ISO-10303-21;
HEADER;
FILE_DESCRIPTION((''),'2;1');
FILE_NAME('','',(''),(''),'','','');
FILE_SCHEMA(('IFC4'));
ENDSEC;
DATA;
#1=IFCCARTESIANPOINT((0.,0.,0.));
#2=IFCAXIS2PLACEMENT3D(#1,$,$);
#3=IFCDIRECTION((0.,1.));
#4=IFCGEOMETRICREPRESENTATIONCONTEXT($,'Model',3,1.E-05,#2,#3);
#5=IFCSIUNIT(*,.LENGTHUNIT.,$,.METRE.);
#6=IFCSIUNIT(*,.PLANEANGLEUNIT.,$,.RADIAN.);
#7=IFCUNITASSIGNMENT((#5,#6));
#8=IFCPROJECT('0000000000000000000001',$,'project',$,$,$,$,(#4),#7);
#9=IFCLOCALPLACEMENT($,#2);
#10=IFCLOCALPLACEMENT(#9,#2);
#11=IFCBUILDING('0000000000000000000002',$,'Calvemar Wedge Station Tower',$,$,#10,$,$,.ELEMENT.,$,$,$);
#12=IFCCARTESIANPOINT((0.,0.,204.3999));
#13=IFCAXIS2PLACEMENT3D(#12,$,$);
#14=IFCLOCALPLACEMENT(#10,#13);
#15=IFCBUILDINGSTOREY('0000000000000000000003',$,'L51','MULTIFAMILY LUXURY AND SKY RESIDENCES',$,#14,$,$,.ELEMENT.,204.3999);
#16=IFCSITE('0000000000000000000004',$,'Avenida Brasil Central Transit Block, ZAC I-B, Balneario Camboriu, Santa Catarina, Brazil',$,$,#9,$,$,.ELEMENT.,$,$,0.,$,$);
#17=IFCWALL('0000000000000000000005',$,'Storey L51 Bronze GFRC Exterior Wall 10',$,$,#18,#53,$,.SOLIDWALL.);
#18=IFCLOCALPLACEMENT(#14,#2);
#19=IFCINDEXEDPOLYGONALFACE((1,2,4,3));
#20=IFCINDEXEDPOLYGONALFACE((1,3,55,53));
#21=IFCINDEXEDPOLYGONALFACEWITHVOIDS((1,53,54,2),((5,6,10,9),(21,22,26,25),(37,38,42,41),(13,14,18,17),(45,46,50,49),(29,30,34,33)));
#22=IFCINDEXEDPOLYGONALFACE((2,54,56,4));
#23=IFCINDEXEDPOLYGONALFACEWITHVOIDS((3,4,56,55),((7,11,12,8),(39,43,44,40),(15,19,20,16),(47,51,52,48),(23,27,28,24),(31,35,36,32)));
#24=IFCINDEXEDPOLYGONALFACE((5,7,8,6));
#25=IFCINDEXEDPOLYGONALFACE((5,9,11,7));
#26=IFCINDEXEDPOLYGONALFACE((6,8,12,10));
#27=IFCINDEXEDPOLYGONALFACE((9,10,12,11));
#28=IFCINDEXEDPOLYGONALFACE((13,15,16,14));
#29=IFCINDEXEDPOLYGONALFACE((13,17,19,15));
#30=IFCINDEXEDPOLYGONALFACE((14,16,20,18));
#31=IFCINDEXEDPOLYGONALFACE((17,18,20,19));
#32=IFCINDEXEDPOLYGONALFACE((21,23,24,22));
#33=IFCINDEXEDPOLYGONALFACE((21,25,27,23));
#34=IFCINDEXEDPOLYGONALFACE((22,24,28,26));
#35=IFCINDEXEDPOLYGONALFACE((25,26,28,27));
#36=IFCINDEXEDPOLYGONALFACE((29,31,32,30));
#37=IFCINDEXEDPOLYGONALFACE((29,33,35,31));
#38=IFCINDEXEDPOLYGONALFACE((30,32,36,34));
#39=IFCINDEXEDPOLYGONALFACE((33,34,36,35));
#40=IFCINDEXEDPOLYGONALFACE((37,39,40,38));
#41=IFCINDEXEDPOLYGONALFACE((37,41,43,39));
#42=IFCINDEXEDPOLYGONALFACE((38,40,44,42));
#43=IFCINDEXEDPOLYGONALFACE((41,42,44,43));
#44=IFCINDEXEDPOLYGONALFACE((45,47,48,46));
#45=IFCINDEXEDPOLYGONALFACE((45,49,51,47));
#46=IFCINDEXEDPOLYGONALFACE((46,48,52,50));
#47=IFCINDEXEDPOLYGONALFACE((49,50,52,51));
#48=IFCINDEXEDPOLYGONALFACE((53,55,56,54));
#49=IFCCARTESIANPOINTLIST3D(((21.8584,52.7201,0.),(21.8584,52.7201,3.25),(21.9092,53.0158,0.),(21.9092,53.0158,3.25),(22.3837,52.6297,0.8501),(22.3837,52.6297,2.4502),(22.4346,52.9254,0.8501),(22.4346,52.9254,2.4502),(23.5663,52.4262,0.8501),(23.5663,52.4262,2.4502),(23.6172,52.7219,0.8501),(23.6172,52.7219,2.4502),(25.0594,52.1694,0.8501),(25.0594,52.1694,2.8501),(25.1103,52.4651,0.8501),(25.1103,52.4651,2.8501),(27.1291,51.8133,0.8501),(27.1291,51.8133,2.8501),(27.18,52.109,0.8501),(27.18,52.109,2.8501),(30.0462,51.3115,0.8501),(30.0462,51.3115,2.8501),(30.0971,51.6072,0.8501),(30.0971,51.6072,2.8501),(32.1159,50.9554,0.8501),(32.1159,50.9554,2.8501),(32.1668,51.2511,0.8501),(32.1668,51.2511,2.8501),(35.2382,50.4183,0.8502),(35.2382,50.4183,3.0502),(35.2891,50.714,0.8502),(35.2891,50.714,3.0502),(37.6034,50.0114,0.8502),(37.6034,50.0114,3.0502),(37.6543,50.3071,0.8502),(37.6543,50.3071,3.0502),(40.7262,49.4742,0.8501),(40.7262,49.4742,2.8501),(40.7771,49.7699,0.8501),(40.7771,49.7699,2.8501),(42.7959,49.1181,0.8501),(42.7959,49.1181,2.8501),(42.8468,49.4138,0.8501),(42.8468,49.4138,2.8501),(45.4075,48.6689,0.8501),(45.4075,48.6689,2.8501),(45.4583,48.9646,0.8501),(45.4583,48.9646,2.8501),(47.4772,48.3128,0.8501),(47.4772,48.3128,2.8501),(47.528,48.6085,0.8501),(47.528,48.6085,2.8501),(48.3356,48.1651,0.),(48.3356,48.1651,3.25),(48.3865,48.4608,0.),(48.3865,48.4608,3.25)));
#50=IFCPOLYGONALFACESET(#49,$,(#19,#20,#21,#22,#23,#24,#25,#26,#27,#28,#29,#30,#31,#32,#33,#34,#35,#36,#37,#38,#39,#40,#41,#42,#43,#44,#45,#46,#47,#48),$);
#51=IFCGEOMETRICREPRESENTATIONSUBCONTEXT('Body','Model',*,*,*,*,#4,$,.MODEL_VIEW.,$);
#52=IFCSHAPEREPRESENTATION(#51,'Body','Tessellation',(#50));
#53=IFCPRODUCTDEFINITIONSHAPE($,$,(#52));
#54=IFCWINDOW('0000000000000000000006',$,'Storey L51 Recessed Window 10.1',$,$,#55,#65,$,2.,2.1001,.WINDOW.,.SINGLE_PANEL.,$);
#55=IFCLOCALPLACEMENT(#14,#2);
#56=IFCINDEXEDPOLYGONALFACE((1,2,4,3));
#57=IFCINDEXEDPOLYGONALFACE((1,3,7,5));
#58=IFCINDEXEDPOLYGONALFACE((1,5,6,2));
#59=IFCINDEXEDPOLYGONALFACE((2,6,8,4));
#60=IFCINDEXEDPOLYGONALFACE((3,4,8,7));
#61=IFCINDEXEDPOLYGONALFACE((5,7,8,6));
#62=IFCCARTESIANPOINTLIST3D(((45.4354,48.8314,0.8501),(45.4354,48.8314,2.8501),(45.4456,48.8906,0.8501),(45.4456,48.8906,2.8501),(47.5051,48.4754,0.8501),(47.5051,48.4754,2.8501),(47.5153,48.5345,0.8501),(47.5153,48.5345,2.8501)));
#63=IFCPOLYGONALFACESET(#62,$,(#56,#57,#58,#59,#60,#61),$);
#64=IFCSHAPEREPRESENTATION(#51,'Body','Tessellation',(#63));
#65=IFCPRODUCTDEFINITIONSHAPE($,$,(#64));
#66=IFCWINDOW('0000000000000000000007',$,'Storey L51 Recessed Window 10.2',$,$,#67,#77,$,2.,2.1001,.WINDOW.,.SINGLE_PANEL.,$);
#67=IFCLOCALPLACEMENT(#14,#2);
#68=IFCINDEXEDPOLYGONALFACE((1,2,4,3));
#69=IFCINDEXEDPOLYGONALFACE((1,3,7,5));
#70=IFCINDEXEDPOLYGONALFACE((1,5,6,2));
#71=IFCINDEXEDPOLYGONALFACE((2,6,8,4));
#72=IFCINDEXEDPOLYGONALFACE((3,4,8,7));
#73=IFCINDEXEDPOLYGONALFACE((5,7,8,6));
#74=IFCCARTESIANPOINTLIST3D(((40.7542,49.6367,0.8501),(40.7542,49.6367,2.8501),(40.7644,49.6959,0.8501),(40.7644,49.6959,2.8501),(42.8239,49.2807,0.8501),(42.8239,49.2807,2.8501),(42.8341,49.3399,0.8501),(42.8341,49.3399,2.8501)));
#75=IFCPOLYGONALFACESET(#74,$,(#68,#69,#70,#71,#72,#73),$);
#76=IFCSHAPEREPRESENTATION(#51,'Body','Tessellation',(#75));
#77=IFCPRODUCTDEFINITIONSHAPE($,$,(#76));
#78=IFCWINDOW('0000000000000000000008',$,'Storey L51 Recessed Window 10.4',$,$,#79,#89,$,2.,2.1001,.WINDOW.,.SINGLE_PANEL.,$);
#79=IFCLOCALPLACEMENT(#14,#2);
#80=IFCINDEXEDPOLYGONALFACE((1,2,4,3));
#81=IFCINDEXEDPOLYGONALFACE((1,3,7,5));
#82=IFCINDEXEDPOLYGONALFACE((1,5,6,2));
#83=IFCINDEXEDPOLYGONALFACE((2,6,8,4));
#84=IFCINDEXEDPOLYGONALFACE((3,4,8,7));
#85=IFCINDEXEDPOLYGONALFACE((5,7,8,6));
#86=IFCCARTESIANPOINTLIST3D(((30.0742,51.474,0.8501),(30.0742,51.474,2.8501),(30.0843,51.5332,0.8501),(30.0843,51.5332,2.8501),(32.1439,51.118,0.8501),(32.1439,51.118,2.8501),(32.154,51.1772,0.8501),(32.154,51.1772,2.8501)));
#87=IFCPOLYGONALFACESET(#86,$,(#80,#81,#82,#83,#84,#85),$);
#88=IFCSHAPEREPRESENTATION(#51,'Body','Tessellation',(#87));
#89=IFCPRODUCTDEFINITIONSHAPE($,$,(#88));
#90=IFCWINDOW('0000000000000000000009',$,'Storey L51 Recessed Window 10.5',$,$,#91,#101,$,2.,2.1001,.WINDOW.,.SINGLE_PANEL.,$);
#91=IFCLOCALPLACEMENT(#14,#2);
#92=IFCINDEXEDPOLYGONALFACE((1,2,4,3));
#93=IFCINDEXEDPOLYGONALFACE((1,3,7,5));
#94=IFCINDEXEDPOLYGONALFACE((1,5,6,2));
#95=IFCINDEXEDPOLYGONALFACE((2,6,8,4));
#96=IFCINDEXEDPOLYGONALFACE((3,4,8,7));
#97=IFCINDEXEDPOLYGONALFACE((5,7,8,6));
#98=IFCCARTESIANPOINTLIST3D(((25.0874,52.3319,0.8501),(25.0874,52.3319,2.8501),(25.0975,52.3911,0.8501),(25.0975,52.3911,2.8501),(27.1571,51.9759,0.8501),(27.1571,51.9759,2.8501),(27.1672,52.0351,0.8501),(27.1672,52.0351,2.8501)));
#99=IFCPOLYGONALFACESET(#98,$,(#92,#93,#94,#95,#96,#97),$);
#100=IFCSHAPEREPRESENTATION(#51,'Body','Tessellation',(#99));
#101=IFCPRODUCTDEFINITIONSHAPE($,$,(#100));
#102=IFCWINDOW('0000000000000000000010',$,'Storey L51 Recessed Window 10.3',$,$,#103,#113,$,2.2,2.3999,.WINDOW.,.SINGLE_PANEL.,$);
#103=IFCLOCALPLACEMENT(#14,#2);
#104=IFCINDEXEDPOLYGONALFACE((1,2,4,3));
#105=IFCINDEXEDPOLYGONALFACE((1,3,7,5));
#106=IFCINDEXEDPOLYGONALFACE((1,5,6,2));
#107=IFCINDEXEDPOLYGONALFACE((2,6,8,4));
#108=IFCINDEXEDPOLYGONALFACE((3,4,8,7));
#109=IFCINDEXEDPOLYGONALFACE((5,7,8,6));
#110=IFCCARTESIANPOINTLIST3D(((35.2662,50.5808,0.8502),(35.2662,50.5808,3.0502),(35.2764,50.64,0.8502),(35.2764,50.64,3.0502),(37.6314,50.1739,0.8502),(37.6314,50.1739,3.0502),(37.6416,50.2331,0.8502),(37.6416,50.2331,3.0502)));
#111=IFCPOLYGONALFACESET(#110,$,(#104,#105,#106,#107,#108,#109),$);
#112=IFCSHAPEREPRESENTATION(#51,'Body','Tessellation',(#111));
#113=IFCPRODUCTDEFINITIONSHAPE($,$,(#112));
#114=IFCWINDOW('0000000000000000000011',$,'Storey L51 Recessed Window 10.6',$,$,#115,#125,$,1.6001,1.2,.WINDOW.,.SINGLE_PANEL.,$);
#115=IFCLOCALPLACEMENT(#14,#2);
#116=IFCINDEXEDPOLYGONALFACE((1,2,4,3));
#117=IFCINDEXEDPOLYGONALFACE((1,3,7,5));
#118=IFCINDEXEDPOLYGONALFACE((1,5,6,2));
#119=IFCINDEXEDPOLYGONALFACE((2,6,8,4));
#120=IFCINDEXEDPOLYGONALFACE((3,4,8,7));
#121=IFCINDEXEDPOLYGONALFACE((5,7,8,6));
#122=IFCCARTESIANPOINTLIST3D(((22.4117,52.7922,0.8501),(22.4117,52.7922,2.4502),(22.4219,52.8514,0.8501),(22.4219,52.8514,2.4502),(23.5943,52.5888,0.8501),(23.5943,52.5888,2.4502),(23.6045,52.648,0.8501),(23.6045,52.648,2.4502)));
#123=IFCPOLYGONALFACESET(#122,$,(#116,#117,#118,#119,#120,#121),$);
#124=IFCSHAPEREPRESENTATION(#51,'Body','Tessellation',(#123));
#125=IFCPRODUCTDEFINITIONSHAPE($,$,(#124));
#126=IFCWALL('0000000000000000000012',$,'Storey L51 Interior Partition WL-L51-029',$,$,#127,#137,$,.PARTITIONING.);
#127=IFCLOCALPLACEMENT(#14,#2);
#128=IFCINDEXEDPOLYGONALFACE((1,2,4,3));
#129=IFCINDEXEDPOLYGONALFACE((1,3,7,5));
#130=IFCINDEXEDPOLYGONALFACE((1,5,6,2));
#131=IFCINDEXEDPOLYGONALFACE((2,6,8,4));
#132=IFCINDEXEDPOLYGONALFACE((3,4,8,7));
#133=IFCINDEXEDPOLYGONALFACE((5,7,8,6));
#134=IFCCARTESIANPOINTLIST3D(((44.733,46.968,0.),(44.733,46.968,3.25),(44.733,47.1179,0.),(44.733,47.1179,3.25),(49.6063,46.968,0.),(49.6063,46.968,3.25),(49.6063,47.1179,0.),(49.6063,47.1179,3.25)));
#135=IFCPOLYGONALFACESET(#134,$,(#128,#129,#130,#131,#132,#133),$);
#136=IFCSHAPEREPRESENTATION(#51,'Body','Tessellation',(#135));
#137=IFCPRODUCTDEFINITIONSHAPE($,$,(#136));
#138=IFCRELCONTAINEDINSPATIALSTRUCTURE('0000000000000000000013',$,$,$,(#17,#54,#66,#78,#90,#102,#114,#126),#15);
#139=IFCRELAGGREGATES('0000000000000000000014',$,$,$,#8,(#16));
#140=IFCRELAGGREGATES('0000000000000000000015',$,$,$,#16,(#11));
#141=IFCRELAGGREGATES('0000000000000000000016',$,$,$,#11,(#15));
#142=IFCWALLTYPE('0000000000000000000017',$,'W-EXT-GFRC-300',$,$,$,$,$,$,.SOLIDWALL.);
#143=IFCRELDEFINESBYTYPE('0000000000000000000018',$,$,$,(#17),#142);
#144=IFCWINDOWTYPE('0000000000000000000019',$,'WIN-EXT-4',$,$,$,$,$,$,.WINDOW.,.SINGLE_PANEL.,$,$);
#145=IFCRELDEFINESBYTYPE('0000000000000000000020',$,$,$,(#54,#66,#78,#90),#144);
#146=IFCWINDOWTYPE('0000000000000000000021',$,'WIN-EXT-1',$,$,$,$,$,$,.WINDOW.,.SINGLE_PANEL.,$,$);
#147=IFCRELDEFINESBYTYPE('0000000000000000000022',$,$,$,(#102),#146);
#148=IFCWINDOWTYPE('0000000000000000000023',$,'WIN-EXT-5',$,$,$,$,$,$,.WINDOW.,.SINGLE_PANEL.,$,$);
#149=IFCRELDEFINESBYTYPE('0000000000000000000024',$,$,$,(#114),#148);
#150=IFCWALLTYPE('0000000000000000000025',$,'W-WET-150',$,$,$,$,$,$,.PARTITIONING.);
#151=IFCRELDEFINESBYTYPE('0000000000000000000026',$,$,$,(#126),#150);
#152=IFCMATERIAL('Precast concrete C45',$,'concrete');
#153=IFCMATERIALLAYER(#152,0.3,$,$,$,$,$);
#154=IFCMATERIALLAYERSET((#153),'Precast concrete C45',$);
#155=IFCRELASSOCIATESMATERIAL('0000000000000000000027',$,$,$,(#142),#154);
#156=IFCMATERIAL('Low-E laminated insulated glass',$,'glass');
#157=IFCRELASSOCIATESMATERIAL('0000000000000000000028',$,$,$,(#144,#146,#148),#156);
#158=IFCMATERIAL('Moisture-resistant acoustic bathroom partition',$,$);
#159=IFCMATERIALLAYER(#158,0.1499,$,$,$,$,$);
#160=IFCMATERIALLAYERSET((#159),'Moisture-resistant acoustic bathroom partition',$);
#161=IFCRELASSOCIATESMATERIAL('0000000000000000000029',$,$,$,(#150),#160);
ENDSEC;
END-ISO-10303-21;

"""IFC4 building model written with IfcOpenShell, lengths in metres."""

from ifc_helpers import new_model, si_unit, direction, frame, frame_2d, origin, place, context, subcontext, project, spatial, rectangle, extrude, source, transform, mapped, material, layer, layer_set, type_object, element, fill, save


model = new_model("IFC4")

# Units and contexts
model_context = context("Model", 3, precision=1e-05, world=origin(), true_north=direction((0.0, 1.0)))
body_context = subcontext(model_context, "Body", "Model", "MODEL_VIEW")
ifc_project = project(units=[si_unit("LENGTHUNIT", "METRE"), si_unit("PLANEANGLEUNIT", "RADIAN")], contexts=[model_context])

# Site, building, storey
site_placement = place(None, origin())
site = spatial("IfcSite", under=ifc_project, at=site_placement, Name="Avenida Brasil Central Transit Block, ZAC I-B, Balneario Camboriu, Santa Catarina, Brazil", CompositionType="ELEMENT", RefElevation=0.0)
building_placement = place(site_placement, origin())
building = spatial("IfcBuilding", under=site, at=building_placement, Name="Calvemar Wedge Station Tower", CompositionType="ELEMENT")
storey_placement = place(building_placement, frame((0.0, 0.0, 204.3999)))
storey = spatial("IfcBuildingStorey", under=building, at=storey_placement, Name="L51", Description="MULTIFAMILY LUXURY AND SKY RESIDENCES", CompositionType="ELEMENT", Elevation=204.3999)

# Shared definitions
ifc_material_1 = material(Name="Precast concrete C45", Category="concrete")
ifc_layer_1 = layer(ifc_material_1, 0.3)
ifc_layer_set_1 = layer_set([ifc_layer_1], Name="Precast concrete C45")
wall_type_1 = type_object("IfcWallType", Name="W-EXT-GFRC-300", PredefinedType="SOLIDWALL", material=ifc_layer_set_1)

# Wall, openings, windows
wall_1_placement = place(storey_placement, frame((48.3611, 48.313, 0.0), z_axis=(0.0, 0.0, 1.0), x_axis=(-0.985523, 0.169541, 0.0)))
wall_1 = element("IfcWall", 1, at=wall_1_placement, inside=storey, type_object=wall_type_1, Name="Storey L51 Bronze GFRC Exterior Wall 10", PredefinedType="SOLIDWALL", context=body_context, shape_type="SweptSolid", body=[
    extrude(rectangle(XDim=26.8662, YDim=0.3, at=frame_2d((13.4331, 0.0))), origin(), (0.0, 0.0, 1.0), 3.25),
])
shared_shape_1 = source(origin(), body_context, "Body", "SweptSolid", [
    extrude(rectangle(XDim=2.1001, YDim=2.0, at=frame_2d((1.05, 1.0))), frame((0.0, 0.1602, 0.0), z_axis=(0.0, -1.0, 0.0), x_axis=(1.0, 0.0, 0.0)), (0.0, 0.0, 1.0), 0.3201),
])
opening_1_placement = place(wall_1_placement, frame((0.8711, 0.0, 0.8501)))
opening_1 = element("IfcOpeningElement", 2, at=opening_1_placement, cuts=wall_1, PredefinedType="OPENING", context=body_context, shape_type="MappedRepresentation", body=[
    mapped(shared_shape_1, transform((0.0, 0.0, 0.0), scale=1.0)),
])
opening_2_placement = place(wall_1_placement, frame((5.6211, 0.0, 0.8501)))
opening_2 = element("IfcOpeningElement", 3, at=opening_2_placement, cuts=wall_1, PredefinedType="OPENING", context=body_context, shape_type="MappedRepresentation", body=[
    mapped(shared_shape_1, transform((0.0, 0.0, 0.0), scale=1.0)),
])
shared_shape_2 = source(origin(), body_context, "Body", "SweptSolid", [
    extrude(rectangle(XDim=2.3999, YDim=2.2, at=frame_2d((1.2, 1.1001))), frame((0.0, 0.1602, 0.0), z_axis=(0.0, -1.0, 0.0), x_axis=(1.0, 0.0, 0.0)), (0.0, 0.0, 1.0), 0.3201),
])
opening_3_placement = place(wall_1_placement, frame((10.8899, 0.0, 0.8501)))
opening_3 = element("IfcOpeningElement", 4, at=opening_3_placement, cuts=wall_1, PredefinedType="OPENING", context=body_context, shape_type="MappedRepresentation", body=[
    mapped(shared_shape_2, transform((0.0, 0.0, 0.0), scale=1.0)),
])
opening_4_placement = place(wall_1_placement, frame((16.458, 0.0, 0.8501)))
opening_4 = element("IfcOpeningElement", 5, at=opening_4_placement, cuts=wall_1, PredefinedType="OPENING", context=body_context, shape_type="MappedRepresentation", body=[
    mapped(shared_shape_1, transform((0.0, 0.0, 0.0), scale=1.0)),
])
opening_5_placement = place(wall_1_placement, frame((21.5181, 0.0, 0.8501)))
opening_5 = element("IfcOpeningElement", 6, at=opening_5_placement, cuts=wall_1, PredefinedType="OPENING", context=body_context, shape_type="MappedRepresentation", body=[
    mapped(shared_shape_1, transform((0.0, 0.0, 0.0), scale=1.0)),
])
shared_shape_3 = source(origin(), body_context, "Body", "SweptSolid", [
    extrude(rectangle(XDim=1.2, YDim=1.6001, at=frame_2d((0.6001, 0.8))), frame((0.0, 0.1602, 0.0), z_axis=(0.0, -1.0, 0.0), x_axis=(1.0, 0.0, 0.0)), (0.0, 0.0, 1.0), 0.3201),
])
opening_6_placement = place(wall_1_placement, frame((25.1331, 0.0, 0.8501)))
opening_6 = element("IfcOpeningElement", 7, at=opening_6_placement, cuts=wall_1, PredefinedType="OPENING", context=body_context, shape_type="MappedRepresentation", body=[
    mapped(shared_shape_3, transform((0.0, 0.0, 0.0), scale=1.0)),
])
ifc_material_2 = material(Name="Low-E laminated insulated glass", Category="glass")
window_type_1 = type_object("IfcWindowType", Name="WIN-EXT-4", PartitioningType="SINGLE_PANEL", PredefinedType="WINDOW", material=ifc_material_2)
shared_shape_4 = source(origin(), body_context, "Body", "SweptSolid", [
    extrude(rectangle(XDim=2.1001, YDim=2.0, at=frame_2d((1.05, 1.0))), frame((0.0, -0.0149, 0.0), z_axis=(0.0, -1.0, 0.0), x_axis=(1.0, 0.0, 0.0)), (0.0, 0.0, 1.0), 0.0601),
])
window_1_placement = place(opening_1_placement, origin())
window_1 = element("IfcWindow", 8, at=window_1_placement, inside=storey, type_object=window_type_1, Name="Storey L51 Recessed Window 10.1", OverallHeight=2.0, OverallWidth=2.1001, PartitioningType="SINGLE_PANEL", PredefinedType="WINDOW", context=body_context, shape_type="MappedRepresentation", body=[
    mapped(shared_shape_4, transform((0.0, 0.0, 0.0), scale=1.0)),
])
fill(opening_1, window_1)
window_2_placement = place(opening_2_placement, origin())
window_2 = element("IfcWindow", 9, at=window_2_placement, inside=storey, type_object=window_type_1, Name="Storey L51 Recessed Window 10.2", OverallHeight=2.0, OverallWidth=2.1001, PartitioningType="SINGLE_PANEL", PredefinedType="WINDOW", context=body_context, shape_type="MappedRepresentation", body=[
    mapped(shared_shape_4, transform((0.0, 0.0, 0.0), scale=1.0)),
])
fill(opening_2, window_2)
window_3_placement = place(opening_4_placement, origin())
window_3 = element("IfcWindow", 10, at=window_3_placement, inside=storey, type_object=window_type_1, Name="Storey L51 Recessed Window 10.4", OverallHeight=2.0, OverallWidth=2.1001, PartitioningType="SINGLE_PANEL", PredefinedType="WINDOW", context=body_context, shape_type="MappedRepresentation", body=[
    mapped(shared_shape_4, transform((0.0, 0.0, 0.0), scale=1.0)),
])
fill(opening_4, window_3)
window_4_placement = place(opening_5_placement, origin())
window_4 = element("IfcWindow", 11, at=window_4_placement, inside=storey, type_object=window_type_1, Name="Storey L51 Recessed Window 10.5", OverallHeight=2.0, OverallWidth=2.1001, PartitioningType="SINGLE_PANEL", PredefinedType="WINDOW", context=body_context, shape_type="MappedRepresentation", body=[
    mapped(shared_shape_4, transform((0.0, 0.0, 0.0), scale=1.0)),
])
fill(opening_5, window_4)
window_type_2 = type_object("IfcWindowType", Name="WIN-EXT-1", PartitioningType="SINGLE_PANEL", PredefinedType="WINDOW", material=ifc_material_2)
shared_shape_5 = source(origin(), body_context, "Body", "SweptSolid", [
    extrude(rectangle(XDim=2.3999, YDim=2.2, at=frame_2d((1.2, 1.1001))), frame((0.0, -0.0149, 0.0), z_axis=(0.0, -1.0, 0.0), x_axis=(1.0, 0.0, 0.0)), (0.0, 0.0, 1.0), 0.0601),
])
window_5_placement = place(opening_3_placement, origin())
window_5 = element("IfcWindow", 12, at=window_5_placement, inside=storey, type_object=window_type_2, Name="Storey L51 Recessed Window 10.3", OverallHeight=2.2, OverallWidth=2.3999, PartitioningType="SINGLE_PANEL", PredefinedType="WINDOW", context=body_context, shape_type="MappedRepresentation", body=[
    mapped(shared_shape_5, transform((0.0, 0.0, 0.0), scale=1.0)),
])
fill(opening_3, window_5)
window_type_3 = type_object("IfcWindowType", Name="WIN-EXT-5", PartitioningType="SINGLE_PANEL", PredefinedType="WINDOW", material=ifc_material_2)
shared_shape_6 = source(origin(), body_context, "Body", "SweptSolid", [
    extrude(rectangle(XDim=1.2, YDim=1.6001, at=frame_2d((0.6001, 0.8))), frame((0.0, -0.0149, 0.0), z_axis=(0.0, -1.0, 0.0), x_axis=(1.0, 0.0, 0.0)), (0.0, 0.0, 1.0), 0.0601),
])
window_6_placement = place(opening_6_placement, origin())
window_6 = element("IfcWindow", 13, at=window_6_placement, inside=storey, type_object=window_type_3, Name="Storey L51 Recessed Window 10.6", OverallHeight=1.6001, OverallWidth=1.2, PartitioningType="SINGLE_PANEL", PredefinedType="WINDOW", context=body_context, shape_type="MappedRepresentation", body=[
    mapped(shared_shape_6, transform((0.0, 0.0, 0.0), scale=1.0)),
])
fill(opening_6, window_6)

# Shared definitions
ifc_material_3 = material(Name="Moisture-resistant acoustic bathroom partition")
ifc_layer_2 = layer(ifc_material_3, 0.1499)
ifc_layer_set_2 = layer_set([ifc_layer_2], Name="Moisture-resistant acoustic bathroom partition")
wall_type_2 = type_object("IfcWallType", Name="W-WET-150", PredefinedType="PARTITIONING", material=ifc_layer_set_2)

# Wall
wall_2_placement = place(storey_placement, frame((49.6062, 47.043, 0.0), z_axis=(0.0, 0.0, 1.0), x_axis=(-1.0, 0.0, 0.0)))
element("IfcWall", 14, at=wall_2_placement, inside=storey, type_object=wall_type_2, Name="Storey L51 Interior Partition WL-L51-029", PredefinedType="PARTITIONING", context=body_context, shape_type="SweptSolid", body=[
    extrude(rectangle(XDim=4.8733, YDim=0.1499, at=frame_2d((2.4365, 0.0))), origin(), (0.0, 0.0, 1.0), 3.25),
])

save(model, "model.ifc")
